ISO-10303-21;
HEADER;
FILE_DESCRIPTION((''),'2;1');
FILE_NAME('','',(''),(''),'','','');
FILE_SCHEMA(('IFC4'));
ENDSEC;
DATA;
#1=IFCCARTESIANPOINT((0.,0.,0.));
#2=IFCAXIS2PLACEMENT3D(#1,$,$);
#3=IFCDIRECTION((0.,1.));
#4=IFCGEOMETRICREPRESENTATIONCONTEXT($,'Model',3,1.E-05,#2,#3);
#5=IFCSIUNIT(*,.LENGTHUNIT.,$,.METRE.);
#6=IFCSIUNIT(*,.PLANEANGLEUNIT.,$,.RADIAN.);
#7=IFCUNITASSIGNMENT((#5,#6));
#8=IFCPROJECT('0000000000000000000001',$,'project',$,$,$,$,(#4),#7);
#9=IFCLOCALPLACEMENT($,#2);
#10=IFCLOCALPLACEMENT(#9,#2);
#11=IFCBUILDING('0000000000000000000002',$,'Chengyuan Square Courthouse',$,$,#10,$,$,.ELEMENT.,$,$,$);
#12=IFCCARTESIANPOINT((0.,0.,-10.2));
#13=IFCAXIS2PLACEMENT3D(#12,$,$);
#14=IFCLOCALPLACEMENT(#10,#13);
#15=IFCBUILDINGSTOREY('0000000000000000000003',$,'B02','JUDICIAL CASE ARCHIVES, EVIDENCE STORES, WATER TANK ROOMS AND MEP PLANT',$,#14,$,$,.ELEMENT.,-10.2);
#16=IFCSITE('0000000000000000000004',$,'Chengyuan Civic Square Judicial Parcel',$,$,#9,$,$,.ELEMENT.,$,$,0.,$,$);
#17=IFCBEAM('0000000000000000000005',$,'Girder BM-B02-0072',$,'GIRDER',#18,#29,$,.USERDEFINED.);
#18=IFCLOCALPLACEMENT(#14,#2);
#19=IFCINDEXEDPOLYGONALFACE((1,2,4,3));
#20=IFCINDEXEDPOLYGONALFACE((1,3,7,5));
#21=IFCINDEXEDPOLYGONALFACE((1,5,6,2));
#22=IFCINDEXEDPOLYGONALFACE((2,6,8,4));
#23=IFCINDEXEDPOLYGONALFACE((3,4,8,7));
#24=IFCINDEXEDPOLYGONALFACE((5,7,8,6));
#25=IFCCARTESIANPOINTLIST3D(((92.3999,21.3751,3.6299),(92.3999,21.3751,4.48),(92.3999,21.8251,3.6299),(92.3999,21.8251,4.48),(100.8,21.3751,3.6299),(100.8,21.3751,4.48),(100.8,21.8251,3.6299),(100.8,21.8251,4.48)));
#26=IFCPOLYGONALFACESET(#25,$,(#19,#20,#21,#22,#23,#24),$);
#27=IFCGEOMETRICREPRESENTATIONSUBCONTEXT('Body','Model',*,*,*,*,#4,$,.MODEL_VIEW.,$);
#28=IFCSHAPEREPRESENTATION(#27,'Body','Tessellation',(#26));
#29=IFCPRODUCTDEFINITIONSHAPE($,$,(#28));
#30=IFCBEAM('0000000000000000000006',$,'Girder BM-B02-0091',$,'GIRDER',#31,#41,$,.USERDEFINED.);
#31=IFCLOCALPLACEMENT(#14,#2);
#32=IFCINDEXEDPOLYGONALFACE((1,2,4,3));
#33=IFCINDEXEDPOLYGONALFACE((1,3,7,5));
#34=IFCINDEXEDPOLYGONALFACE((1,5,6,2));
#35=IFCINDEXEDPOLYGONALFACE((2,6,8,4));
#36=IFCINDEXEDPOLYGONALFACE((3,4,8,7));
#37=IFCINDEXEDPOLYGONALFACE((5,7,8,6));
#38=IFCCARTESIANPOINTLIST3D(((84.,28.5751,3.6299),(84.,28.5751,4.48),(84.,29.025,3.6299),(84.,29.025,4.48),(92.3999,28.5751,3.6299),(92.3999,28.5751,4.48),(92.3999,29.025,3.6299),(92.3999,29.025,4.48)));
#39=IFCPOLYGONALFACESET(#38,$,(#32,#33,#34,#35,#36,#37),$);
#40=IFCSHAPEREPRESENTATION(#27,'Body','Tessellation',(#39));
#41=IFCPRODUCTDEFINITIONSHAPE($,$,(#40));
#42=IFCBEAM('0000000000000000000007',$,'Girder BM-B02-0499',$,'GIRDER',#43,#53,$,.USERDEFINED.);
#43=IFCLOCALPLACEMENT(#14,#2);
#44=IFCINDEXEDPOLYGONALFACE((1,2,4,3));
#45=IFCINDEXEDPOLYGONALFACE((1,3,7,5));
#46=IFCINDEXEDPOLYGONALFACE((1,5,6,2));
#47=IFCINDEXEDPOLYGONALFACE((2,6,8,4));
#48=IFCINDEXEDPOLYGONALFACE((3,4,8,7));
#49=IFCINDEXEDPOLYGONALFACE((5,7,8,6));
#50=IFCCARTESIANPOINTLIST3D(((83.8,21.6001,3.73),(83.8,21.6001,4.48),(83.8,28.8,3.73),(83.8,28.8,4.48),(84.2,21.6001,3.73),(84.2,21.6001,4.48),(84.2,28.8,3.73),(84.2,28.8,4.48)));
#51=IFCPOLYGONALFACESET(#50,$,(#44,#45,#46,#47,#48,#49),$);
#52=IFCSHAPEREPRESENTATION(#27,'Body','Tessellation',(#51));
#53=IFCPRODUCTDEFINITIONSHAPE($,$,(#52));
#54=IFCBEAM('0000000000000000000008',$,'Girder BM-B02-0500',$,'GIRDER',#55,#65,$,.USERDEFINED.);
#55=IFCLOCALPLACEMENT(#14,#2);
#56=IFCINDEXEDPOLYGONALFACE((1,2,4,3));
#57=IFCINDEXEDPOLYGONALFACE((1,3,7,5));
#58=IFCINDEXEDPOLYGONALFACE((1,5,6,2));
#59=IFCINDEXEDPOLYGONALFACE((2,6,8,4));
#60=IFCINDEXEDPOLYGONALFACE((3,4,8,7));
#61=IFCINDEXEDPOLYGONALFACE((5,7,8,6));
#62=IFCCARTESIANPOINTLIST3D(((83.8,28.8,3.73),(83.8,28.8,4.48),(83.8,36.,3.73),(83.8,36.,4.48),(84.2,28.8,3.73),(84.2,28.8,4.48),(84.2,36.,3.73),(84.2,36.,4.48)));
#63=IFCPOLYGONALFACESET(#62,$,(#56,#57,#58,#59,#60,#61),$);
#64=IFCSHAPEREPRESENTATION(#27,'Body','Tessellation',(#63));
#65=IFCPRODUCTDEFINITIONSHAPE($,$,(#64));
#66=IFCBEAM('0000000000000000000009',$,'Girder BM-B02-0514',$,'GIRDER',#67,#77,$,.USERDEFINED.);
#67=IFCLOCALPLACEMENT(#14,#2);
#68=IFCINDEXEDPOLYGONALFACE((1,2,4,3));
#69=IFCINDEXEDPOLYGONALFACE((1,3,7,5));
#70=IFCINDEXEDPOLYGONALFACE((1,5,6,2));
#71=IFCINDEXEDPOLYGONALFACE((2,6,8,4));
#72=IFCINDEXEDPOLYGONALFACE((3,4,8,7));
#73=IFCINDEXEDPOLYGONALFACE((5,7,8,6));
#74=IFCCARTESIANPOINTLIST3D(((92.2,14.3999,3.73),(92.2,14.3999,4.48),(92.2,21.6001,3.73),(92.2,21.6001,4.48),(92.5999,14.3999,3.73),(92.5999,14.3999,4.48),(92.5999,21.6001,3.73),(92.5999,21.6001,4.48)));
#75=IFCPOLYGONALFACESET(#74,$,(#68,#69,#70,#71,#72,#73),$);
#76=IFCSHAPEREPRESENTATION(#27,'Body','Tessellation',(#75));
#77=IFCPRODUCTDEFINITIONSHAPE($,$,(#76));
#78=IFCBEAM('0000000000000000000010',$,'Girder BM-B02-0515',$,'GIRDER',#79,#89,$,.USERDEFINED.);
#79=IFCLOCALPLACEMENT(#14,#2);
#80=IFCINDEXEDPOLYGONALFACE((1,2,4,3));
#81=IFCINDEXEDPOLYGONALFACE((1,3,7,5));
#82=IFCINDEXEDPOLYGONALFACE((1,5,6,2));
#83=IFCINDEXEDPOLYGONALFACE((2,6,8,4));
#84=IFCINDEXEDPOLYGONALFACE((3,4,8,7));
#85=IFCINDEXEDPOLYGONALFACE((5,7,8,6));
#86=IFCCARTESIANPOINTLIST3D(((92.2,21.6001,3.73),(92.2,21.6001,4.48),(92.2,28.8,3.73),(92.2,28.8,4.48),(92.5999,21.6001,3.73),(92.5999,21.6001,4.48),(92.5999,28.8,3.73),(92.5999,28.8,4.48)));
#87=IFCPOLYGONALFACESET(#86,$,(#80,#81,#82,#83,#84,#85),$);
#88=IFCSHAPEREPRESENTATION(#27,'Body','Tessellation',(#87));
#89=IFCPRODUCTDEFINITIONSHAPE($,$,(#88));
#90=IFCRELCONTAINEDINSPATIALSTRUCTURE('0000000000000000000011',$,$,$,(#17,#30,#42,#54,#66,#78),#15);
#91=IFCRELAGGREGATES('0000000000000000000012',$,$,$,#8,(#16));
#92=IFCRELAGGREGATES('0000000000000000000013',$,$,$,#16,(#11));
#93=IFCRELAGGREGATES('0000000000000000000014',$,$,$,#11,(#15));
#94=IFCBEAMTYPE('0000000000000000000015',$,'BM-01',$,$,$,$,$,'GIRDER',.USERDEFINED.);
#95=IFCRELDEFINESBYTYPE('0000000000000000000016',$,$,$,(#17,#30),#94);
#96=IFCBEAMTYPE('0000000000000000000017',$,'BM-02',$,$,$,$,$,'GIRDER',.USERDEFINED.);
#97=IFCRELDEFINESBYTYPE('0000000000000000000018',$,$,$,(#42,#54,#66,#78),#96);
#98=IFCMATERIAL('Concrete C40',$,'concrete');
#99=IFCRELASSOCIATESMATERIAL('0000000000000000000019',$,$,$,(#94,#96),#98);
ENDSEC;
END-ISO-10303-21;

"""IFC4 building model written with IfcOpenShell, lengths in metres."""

from ifc_helpers import new_model, si_unit, direction, frame, origin, origin_2d, place, context, subcontext, project, spatial, rectangle, extrude, material, material_profile, profile_set, type_object, element, save


model = new_model("IFC4")

# Units and contexts
model_context = context("Model", 3, precision=1e-05, world=origin(), true_north=direction((0.0, 1.0)))
body_context = subcontext(model_context, "Body", "Model", "MODEL_VIEW")
ifc_project = project(units=[si_unit("LENGTHUNIT", "METRE"), si_unit("PLANEANGLEUNIT", "RADIAN")], contexts=[model_context])

# Site, building, storey
site_placement = place(None, origin())
site = spatial("IfcSite", under=ifc_project, at=site_placement, Name="Chengyuan Civic Square Judicial Parcel", CompositionType="ELEMENT", RefElevation=0.0)
building_placement = place(site_placement, origin())
building = spatial("IfcBuilding", under=site, at=building_placement, Name="Chengyuan Square Courthouse", CompositionType="ELEMENT")
storey_placement = place(building_placement, frame((0.0, 0.0, -10.2)))
storey = spatial("IfcBuildingStorey", under=building, at=storey_placement, Name="B02", Description="JUDICIAL CASE ARCHIVES, EVIDENCE STORES, WATER TANK ROOMS AND MEP PLANT", CompositionType="ELEMENT", Elevation=-10.2)

# Shared definitions
ifc_material_1 = material(Name="Concrete C40", Category="concrete")

# Beams
ifc_material_profile_1 = material_profile(ifc_material_1, rectangle(XDim=0.45, YDim=0.8501, at=origin_2d()), Name="RC-BM-450x850")
ifc_profile_set_1 = profile_set([ifc_material_profile_1], Name="Concrete C40")
beam_type_1 = type_object("IfcBeamType", Name="BM-01", ElementType="GIRDER", PredefinedType="USERDEFINED", material=ifc_profile_set_1)
beam_1_placement = place(storey_placement, frame((92.3999, 21.6001, 4.0549), z_axis=(1.0, 0.0, 0.0), x_axis=(0.0, 1.0, 0.0)))
element("IfcBeam", 1, at=beam_1_placement, inside=storey, type_object=beam_type_1, Name="Girder BM-B02-0072", ObjectType="GIRDER", PredefinedType="USERDEFINED", context=body_context, shape_type="SweptSolid", body=[
    extrude(rectangle(XDim=0.45, YDim=0.8501, at=origin_2d()), origin(), (0.0, 0.0, 1.0), 8.4001),
])
beam_2_placement = place(storey_placement, frame((84.0, 28.8, 4.0549), z_axis=(1.0, 0.0, 0.0), x_axis=(0.0, 1.0, 0.0)))
element("IfcBeam", 2, at=beam_2_placement, inside=storey, type_object=beam_type_1, Name="Girder BM-B02-0091", ObjectType="GIRDER", PredefinedType="USERDEFINED", context=body_context, shape_type="SweptSolid", body=[
    extrude(rectangle(XDim=0.45, YDim=0.8501, at=origin_2d()), origin(), (0.0, 0.0, 1.0), 8.3999),
])
ifc_material_profile_2 = material_profile(ifc_material_1, rectangle(XDim=0.3999, YDim=0.75, at=origin_2d()), Name="RC-BM-400x750")
ifc_profile_set_2 = profile_set([ifc_material_profile_2], Name="Concrete C40")
beam_type_2 = type_object("IfcBeamType", Name="BM-02", ElementType="GIRDER", PredefinedType="USERDEFINED", material=ifc_profile_set_2)
for number, where, z_axis, x_axis, name in (
    (3, (84.0, 21.6001, 4.105), (0.0, 1.0, 0.0), (-1.0, 0.0, 0.0), "Girder BM-B02-0499"),
    (4, (84.0, 28.8, 4.105), (0.0, 1.0, 0.0), (-1.0, 0.0, 0.0), "Girder BM-B02-0500"),
):
    element("IfcBeam", number, at=place(storey_placement, frame(where, z_axis=z_axis, x_axis=x_axis)), inside=storey, type_object=beam_type_2, Name=name, ObjectType="GIRDER", PredefinedType="USERDEFINED", context=body_context, shape_type="SweptSolid", body=[
        extrude(rectangle(XDim=0.3999, YDim=0.75, at=origin_2d()), origin(), (0.0, 0.0, 1.0), 7.2),
    ])
beam_3_placement = place(storey_placement, frame((92.3999, 14.3999, 4.105), z_axis=(0.0, 1.0, 0.0), x_axis=(-1.0, 0.0, 0.0)))
element("IfcBeam", 5, at=beam_3_placement, inside=storey, type_object=beam_type_2, Name="Girder BM-B02-0514", ObjectType="GIRDER", PredefinedType="USERDEFINED", context=body_context, shape_type="SweptSolid", body=[
    extrude(rectangle(XDim=0.3999, YDim=0.75, at=origin_2d()), origin(), (0.0, 0.0, 1.0), 7.2002),
])
beam_4_placement = place(storey_placement, frame((92.3999, 21.6001, 4.105), z_axis=(0.0, 1.0, 0.0), x_axis=(-1.0, 0.0, 0.0)))
element("IfcBeam", 6, at=beam_4_placement, inside=storey, type_object=beam_type_2, Name="Girder BM-B02-0515", ObjectType="GIRDER", PredefinedType="USERDEFINED", context=body_context, shape_type="SweptSolid", body=[
    extrude(rectangle(XDim=0.3999, YDim=0.75, at=origin_2d()), origin(), (0.0, 0.0, 1.0), 7.2),
])

save(model, "model.ifc")
